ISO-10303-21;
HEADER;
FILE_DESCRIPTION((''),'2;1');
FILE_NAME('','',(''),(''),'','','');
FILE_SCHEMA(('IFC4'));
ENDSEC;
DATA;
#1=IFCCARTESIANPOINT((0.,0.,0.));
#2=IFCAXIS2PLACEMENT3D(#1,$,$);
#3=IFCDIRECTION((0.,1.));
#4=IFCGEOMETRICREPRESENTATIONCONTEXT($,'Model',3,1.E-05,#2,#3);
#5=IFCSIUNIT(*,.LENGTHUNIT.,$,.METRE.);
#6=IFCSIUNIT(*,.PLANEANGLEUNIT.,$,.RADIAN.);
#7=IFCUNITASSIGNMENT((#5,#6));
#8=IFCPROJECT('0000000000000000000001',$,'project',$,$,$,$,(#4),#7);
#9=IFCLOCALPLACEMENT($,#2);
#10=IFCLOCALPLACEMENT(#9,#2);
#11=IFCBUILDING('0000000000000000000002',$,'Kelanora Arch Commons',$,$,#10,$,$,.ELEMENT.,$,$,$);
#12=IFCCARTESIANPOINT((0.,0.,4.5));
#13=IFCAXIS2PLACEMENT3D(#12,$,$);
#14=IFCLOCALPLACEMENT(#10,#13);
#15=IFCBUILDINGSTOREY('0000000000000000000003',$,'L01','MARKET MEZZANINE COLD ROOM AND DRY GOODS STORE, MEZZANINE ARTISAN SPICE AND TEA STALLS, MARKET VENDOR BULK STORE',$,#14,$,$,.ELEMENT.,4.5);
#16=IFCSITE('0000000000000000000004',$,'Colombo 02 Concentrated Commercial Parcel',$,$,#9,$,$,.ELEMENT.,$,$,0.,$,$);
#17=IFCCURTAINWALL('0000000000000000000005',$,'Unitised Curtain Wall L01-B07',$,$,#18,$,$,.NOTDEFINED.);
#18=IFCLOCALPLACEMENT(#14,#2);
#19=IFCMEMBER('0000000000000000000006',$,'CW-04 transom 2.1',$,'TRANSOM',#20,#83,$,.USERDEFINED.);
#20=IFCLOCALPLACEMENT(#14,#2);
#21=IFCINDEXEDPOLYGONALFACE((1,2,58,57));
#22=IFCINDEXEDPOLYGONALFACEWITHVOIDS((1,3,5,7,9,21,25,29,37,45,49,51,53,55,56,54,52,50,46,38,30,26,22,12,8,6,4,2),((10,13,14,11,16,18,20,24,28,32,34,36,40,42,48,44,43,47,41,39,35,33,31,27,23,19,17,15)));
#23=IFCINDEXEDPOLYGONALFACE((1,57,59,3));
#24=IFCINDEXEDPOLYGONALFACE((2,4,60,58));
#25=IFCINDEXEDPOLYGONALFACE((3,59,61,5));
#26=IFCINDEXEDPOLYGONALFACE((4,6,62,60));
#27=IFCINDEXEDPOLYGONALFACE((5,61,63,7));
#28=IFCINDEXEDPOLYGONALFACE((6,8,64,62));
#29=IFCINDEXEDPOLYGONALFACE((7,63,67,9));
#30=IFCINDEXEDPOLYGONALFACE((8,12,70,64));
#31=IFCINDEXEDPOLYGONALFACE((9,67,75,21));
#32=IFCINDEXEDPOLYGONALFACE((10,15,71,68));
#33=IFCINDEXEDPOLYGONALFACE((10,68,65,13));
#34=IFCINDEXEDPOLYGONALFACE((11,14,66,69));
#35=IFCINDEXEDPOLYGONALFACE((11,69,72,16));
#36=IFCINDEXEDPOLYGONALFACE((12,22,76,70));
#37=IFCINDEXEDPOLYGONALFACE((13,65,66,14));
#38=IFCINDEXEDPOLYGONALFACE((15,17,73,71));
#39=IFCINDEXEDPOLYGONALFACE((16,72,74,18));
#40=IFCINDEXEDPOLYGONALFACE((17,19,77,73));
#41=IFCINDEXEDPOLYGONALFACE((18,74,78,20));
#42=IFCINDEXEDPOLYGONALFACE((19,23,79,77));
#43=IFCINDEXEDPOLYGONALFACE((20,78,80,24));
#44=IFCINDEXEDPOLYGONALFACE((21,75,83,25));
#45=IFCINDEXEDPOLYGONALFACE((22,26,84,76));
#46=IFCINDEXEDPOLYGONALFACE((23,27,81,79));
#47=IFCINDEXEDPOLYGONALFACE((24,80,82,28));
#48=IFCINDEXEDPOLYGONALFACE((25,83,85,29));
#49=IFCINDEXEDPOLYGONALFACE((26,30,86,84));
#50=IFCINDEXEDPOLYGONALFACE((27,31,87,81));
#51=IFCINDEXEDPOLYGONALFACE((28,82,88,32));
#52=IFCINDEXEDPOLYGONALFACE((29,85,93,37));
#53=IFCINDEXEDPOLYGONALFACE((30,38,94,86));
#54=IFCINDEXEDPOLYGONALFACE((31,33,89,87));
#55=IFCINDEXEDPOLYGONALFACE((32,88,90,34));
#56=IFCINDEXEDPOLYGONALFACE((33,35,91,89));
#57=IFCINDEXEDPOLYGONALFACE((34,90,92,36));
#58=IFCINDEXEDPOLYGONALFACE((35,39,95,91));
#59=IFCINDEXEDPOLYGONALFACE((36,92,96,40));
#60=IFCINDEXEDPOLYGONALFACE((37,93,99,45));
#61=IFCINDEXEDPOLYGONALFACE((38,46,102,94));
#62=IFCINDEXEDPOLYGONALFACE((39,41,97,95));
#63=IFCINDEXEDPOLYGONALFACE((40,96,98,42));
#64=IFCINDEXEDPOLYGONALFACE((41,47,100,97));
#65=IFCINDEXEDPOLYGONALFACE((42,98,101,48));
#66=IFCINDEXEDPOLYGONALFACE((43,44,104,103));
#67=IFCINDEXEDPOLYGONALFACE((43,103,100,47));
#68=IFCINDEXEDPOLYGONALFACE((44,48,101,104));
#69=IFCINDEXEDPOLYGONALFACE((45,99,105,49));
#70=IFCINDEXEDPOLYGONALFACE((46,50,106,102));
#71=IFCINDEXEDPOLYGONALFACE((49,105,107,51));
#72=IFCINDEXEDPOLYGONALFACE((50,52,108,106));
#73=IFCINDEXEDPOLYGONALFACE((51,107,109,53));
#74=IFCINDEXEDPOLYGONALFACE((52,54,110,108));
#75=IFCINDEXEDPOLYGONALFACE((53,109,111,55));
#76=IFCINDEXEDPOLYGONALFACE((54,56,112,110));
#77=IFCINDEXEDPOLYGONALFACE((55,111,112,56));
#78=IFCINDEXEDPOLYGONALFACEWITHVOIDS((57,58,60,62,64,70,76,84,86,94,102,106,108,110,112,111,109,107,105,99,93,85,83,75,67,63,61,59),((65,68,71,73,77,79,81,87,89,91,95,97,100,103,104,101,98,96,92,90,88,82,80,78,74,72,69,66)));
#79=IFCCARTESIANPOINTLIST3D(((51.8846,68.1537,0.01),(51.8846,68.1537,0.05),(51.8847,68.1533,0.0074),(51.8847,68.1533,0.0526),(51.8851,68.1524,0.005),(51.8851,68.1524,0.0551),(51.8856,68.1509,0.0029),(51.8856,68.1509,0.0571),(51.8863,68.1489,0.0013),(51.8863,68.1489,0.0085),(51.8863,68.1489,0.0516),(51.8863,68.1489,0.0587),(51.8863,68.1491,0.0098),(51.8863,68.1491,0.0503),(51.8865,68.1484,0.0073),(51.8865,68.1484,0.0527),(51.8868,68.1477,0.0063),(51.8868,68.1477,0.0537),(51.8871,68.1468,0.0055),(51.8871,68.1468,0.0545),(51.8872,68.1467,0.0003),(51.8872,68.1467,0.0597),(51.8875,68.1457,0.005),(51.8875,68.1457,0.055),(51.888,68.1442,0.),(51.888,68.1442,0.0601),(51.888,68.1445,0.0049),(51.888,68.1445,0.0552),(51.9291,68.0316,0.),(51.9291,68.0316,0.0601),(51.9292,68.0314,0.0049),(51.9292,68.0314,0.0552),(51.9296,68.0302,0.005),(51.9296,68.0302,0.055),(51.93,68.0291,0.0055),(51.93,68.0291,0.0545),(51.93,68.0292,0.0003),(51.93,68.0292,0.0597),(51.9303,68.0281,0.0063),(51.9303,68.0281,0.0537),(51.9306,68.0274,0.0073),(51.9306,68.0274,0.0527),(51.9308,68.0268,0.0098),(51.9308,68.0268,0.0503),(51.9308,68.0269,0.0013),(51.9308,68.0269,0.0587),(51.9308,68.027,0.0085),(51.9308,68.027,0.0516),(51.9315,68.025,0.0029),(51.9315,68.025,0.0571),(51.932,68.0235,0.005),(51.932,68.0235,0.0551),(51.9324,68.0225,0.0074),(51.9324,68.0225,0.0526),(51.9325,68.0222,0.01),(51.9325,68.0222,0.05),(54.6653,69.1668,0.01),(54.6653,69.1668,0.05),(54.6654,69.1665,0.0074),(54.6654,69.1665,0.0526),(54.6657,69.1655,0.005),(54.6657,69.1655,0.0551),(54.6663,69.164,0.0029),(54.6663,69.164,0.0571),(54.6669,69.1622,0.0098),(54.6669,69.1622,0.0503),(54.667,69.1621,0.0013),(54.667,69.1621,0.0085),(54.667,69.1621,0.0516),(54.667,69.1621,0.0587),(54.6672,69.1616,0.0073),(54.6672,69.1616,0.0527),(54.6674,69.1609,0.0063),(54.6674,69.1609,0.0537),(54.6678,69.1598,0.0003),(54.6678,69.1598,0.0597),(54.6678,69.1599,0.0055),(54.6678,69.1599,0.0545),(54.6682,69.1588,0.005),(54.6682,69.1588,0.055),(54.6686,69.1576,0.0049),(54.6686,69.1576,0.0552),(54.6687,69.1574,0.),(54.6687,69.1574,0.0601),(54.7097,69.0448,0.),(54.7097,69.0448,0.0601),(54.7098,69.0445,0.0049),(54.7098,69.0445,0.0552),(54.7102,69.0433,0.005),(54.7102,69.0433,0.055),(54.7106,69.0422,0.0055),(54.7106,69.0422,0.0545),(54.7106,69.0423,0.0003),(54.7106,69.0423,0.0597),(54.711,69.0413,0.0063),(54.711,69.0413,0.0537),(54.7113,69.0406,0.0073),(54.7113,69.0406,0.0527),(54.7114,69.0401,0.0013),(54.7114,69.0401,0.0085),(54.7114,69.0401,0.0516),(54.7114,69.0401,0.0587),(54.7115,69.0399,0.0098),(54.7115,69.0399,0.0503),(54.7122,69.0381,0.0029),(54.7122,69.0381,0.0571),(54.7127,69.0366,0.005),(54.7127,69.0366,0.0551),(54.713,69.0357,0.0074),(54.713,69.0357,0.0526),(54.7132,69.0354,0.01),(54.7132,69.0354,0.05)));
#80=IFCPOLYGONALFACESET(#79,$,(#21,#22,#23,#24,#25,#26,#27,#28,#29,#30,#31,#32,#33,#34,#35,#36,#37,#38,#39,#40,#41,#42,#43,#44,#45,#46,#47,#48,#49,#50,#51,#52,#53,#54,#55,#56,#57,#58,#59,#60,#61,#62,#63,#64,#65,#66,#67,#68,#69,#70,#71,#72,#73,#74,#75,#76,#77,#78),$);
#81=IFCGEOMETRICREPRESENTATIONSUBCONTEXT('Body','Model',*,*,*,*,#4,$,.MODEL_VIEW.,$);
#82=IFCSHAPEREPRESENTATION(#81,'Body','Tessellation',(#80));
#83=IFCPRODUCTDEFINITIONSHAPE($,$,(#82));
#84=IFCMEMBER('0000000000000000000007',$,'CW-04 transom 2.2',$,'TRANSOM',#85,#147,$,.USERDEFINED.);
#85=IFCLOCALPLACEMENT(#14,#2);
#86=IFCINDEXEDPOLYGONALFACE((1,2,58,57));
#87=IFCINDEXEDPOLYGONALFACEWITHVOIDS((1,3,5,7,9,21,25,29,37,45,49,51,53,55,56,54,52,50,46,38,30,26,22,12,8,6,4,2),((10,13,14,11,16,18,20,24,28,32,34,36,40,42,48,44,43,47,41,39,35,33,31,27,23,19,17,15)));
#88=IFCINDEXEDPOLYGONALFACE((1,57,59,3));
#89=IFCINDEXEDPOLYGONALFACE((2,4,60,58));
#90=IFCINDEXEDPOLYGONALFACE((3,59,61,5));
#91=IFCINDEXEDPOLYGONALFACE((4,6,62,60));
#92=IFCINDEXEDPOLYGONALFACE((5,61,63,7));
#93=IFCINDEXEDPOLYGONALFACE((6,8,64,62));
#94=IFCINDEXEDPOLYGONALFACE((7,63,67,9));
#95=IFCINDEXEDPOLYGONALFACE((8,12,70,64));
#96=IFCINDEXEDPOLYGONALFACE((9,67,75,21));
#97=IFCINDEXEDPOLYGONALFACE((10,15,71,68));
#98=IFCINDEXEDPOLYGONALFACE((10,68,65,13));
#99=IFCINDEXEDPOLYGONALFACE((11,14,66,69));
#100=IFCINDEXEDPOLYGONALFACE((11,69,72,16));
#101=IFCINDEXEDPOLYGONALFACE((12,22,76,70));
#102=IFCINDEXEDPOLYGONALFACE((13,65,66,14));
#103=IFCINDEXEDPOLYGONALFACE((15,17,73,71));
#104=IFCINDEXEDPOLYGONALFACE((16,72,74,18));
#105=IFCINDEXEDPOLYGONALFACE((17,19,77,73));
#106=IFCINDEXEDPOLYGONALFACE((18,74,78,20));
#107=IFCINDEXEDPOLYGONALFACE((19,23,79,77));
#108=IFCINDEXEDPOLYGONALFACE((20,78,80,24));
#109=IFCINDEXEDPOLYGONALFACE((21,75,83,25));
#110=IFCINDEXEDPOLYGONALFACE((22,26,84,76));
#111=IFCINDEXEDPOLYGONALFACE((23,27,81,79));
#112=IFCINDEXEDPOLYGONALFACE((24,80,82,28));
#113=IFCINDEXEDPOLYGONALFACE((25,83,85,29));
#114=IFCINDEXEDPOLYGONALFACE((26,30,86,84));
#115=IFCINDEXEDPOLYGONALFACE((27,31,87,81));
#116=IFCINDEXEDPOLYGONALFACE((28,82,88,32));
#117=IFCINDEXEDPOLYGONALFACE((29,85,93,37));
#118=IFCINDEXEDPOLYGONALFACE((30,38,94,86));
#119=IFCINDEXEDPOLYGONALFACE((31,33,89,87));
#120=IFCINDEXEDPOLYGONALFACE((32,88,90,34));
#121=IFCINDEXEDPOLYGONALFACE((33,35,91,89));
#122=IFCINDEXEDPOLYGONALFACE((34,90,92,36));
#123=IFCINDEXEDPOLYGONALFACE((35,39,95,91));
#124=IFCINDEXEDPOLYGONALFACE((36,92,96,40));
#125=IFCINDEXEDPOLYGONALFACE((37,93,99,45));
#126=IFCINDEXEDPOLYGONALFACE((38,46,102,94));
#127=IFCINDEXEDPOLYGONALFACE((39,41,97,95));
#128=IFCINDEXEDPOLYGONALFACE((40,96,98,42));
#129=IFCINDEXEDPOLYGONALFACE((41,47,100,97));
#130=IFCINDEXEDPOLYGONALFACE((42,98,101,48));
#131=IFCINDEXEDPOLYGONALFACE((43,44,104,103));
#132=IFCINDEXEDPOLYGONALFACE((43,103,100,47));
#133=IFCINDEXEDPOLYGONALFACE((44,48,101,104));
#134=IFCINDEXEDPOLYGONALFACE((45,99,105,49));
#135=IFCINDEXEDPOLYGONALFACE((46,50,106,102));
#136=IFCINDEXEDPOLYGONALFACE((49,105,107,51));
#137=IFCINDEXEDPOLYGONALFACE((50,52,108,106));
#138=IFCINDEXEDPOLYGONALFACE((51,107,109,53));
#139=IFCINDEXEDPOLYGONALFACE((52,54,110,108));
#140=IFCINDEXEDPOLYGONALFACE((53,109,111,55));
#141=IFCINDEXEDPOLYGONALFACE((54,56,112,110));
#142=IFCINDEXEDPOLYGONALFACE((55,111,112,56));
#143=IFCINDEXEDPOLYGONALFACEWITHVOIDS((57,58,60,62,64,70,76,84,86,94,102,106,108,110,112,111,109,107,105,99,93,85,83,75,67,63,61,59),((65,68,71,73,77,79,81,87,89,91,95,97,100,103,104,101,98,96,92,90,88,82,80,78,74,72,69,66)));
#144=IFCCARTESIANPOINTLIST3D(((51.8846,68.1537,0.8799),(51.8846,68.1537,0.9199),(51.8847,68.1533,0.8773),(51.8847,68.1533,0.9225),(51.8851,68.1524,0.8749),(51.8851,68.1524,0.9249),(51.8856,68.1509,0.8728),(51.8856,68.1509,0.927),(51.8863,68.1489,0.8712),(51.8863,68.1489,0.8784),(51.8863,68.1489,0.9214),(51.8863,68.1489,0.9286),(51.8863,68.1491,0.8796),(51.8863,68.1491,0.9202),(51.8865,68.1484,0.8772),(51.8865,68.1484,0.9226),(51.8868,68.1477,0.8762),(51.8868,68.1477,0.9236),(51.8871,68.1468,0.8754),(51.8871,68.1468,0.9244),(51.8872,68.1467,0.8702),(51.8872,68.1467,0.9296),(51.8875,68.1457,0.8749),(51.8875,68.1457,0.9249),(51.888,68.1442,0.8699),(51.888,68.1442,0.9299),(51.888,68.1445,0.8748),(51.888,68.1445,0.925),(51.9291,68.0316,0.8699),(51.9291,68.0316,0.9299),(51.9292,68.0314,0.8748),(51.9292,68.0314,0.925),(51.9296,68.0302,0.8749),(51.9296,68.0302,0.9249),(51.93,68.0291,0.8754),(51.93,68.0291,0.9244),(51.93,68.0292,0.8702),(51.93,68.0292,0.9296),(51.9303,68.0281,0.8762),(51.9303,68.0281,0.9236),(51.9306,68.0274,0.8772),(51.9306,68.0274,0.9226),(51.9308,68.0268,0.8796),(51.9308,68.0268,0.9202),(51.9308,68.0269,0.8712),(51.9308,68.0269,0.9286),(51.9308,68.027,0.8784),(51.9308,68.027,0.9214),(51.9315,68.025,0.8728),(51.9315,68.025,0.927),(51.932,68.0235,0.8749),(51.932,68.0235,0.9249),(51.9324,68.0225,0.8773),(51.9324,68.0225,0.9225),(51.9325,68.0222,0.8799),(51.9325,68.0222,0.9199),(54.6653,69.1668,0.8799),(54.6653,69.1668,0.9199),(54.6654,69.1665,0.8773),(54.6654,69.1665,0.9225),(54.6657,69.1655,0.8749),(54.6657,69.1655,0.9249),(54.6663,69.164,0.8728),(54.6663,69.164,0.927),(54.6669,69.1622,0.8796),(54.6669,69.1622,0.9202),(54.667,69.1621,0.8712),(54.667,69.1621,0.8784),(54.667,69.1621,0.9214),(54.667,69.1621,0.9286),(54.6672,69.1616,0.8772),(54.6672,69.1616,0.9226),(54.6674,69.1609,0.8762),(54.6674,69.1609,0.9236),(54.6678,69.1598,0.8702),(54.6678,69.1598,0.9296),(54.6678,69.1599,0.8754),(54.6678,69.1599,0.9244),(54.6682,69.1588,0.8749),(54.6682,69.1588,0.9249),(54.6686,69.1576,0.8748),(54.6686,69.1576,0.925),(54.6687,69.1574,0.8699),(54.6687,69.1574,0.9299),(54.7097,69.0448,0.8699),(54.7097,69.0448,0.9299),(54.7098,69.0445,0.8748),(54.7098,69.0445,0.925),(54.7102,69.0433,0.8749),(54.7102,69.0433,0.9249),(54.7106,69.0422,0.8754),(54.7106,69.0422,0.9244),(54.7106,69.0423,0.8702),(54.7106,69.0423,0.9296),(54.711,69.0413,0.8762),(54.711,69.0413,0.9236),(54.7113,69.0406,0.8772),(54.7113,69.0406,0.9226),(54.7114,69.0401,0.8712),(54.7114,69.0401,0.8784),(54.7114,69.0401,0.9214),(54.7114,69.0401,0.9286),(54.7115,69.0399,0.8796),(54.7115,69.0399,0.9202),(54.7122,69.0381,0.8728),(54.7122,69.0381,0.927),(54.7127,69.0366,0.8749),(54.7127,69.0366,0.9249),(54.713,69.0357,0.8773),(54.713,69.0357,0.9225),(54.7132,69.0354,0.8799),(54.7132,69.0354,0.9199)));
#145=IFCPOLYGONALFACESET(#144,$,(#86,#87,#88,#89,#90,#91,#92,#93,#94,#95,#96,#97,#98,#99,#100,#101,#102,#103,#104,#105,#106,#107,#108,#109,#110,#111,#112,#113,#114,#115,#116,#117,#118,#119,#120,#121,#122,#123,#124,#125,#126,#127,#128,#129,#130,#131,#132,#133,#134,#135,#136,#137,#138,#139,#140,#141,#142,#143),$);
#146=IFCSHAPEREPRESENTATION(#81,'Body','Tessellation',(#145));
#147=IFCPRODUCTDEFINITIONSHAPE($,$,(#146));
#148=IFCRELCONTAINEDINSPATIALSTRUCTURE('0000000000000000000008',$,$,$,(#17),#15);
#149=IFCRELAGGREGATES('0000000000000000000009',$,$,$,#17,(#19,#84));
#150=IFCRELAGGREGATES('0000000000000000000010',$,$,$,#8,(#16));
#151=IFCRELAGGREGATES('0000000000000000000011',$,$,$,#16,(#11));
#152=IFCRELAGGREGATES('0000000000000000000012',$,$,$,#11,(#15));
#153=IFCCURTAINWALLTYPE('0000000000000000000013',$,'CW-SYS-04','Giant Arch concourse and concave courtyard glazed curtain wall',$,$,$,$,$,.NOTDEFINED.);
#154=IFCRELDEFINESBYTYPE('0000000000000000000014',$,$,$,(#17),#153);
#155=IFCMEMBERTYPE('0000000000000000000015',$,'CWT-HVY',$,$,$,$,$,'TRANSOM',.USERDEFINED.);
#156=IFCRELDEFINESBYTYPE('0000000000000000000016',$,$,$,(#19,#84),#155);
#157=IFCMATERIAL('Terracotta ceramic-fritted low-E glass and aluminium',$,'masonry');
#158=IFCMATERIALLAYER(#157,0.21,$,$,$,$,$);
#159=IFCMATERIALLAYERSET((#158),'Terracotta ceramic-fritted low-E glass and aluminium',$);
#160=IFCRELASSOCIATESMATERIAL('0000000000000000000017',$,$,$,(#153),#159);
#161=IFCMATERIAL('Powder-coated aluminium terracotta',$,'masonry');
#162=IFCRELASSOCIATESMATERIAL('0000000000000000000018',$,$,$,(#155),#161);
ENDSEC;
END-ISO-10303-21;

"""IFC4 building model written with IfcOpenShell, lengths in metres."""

from ifc_helpers import new_model, si_unit, direction, frame, origin, origin_2d, place, context, subcontext, project, spatial, hollow_rectangle, extrude, material, layer, layer_set, material_profile, profile_set, type_object, element, aggregate, save


model = new_model("IFC4")

# Units and contexts
model_context = context("Model", 3, precision=1e-05, world=origin(), true_north=direction((0.0, 1.0)))
body_context = subcontext(model_context, "Body", "Model", "MODEL_VIEW")
ifc_project = project(units=[si_unit("LENGTHUNIT", "METRE"), si_unit("PLANEANGLEUNIT", "RADIAN")], contexts=[model_context])

# Site, building, storey
site_placement = place(None, origin())
site = spatial("IfcSite", under=ifc_project, at=site_placement, Name="Colombo 02 Concentrated Commercial Parcel", CompositionType="ELEMENT", RefElevation=0.0)
building_placement = place(site_placement, origin())
building = spatial("IfcBuilding", under=site, at=building_placement, Name="Kelanora Arch Commons", CompositionType="ELEMENT")
storey_placement = place(building_placement, frame((0.0, 0.0, 4.5)))
storey = spatial("IfcBuildingStorey", under=building, at=storey_placement, Name="L01", Description="MARKET MEZZANINE COLD ROOM AND DRY GOODS STORE, MEZZANINE ARTISAN SPICE AND TEA STALLS, MARKET VENDOR BULK STORE", CompositionType="ELEMENT", Elevation=4.5)

# Shared definitions
ifc_material_1 = material(Name="Terracotta ceramic-fritted low-E glass and aluminium", Category="masonry")
ifc_layer_1 = layer(ifc_material_1, 0.21)
ifc_layer_set_1 = layer_set([ifc_layer_1], Name="Terracotta ceramic-fritted low-E glass and aluminium")
curtain_wall_type = type_object("IfcCurtainWallType", Name="CW-SYS-04", Description="Giant Arch concourse and concave courtyard glazed curtain wall", PredefinedType="NOTDEFINED", material=ifc_layer_set_1)
ifc_material_2 = material(Name="Powder-coated aluminium terracotta", Category="masonry")

# Curtain wall, members
curtain_wall_1_placement = place(storey_placement, origin())
curtain_wall_1 = element("IfcCurtainWall", 1, at=curtain_wall_1_placement, inside=storey, type_object=curtain_wall_type, Name="Unitised Curtain Wall L01-B07", PredefinedType="NOTDEFINED")
ifc_material_profile_1 = material_profile(ifc_material_2, hollow_rectangle(XDim=0.1399, YDim=0.0601, WallThickness=0.0049, InnerFilletRadius=0.0049, OuterFilletRadius=0.01, at=origin_2d()), Name="CWT140x60")
ifc_profile_set_1 = profile_set([ifc_material_profile_1], Name="Powder-coated aluminium terracotta")
member_type_1 = type_object("IfcMemberType", Name="CWT-HVY", ElementType="TRANSOM", PredefinedType="USERDEFINED", material=ifc_profile_set_1)
member_1_placement = place(storey_placement, frame((54.6892, 69.1011, 0.03), z_axis=(-0.939576, -0.342339, 0.0), x_axis=(0.342339, -0.939576, 0.0)))
member_1 = element("IfcMember", 2, at=member_1_placement, type_object=member_type_1, Name="CW-04 transom 2.1", ObjectType="TRANSOM", PredefinedType="USERDEFINED", context=body_context, shape_type="SweptSolid", body=[
    extrude(hollow_rectangle(XDim=0.1399, YDim=0.0601, WallThickness=0.0049, InnerFilletRadius=0.0049, OuterFilletRadius=0.01, at=origin_2d()), origin(), (0.0, 0.0, 1.0), 2.9595),
])
member_2_placement = place(storey_placement, frame((54.6892, 69.1011, 0.8999), z_axis=(-0.939576, -0.342339, 0.0), x_axis=(0.342339, -0.939576, 0.0)))
member_2 = element("IfcMember", 3, at=member_2_placement, type_object=member_type_1, Name="CW-04 transom 2.2", ObjectType="TRANSOM", PredefinedType="USERDEFINED", context=body_context, shape_type="SweptSolid", body=[
    extrude(hollow_rectangle(XDim=0.1399, YDim=0.0601, WallThickness=0.0049, InnerFilletRadius=0.0049, OuterFilletRadius=0.01, at=origin_2d()), origin(), (0.0, 0.0, 1.0), 2.9595),
])

aggregate(curtain_wall_1, [member_1, member_2])

save(model, "model.ifc")
